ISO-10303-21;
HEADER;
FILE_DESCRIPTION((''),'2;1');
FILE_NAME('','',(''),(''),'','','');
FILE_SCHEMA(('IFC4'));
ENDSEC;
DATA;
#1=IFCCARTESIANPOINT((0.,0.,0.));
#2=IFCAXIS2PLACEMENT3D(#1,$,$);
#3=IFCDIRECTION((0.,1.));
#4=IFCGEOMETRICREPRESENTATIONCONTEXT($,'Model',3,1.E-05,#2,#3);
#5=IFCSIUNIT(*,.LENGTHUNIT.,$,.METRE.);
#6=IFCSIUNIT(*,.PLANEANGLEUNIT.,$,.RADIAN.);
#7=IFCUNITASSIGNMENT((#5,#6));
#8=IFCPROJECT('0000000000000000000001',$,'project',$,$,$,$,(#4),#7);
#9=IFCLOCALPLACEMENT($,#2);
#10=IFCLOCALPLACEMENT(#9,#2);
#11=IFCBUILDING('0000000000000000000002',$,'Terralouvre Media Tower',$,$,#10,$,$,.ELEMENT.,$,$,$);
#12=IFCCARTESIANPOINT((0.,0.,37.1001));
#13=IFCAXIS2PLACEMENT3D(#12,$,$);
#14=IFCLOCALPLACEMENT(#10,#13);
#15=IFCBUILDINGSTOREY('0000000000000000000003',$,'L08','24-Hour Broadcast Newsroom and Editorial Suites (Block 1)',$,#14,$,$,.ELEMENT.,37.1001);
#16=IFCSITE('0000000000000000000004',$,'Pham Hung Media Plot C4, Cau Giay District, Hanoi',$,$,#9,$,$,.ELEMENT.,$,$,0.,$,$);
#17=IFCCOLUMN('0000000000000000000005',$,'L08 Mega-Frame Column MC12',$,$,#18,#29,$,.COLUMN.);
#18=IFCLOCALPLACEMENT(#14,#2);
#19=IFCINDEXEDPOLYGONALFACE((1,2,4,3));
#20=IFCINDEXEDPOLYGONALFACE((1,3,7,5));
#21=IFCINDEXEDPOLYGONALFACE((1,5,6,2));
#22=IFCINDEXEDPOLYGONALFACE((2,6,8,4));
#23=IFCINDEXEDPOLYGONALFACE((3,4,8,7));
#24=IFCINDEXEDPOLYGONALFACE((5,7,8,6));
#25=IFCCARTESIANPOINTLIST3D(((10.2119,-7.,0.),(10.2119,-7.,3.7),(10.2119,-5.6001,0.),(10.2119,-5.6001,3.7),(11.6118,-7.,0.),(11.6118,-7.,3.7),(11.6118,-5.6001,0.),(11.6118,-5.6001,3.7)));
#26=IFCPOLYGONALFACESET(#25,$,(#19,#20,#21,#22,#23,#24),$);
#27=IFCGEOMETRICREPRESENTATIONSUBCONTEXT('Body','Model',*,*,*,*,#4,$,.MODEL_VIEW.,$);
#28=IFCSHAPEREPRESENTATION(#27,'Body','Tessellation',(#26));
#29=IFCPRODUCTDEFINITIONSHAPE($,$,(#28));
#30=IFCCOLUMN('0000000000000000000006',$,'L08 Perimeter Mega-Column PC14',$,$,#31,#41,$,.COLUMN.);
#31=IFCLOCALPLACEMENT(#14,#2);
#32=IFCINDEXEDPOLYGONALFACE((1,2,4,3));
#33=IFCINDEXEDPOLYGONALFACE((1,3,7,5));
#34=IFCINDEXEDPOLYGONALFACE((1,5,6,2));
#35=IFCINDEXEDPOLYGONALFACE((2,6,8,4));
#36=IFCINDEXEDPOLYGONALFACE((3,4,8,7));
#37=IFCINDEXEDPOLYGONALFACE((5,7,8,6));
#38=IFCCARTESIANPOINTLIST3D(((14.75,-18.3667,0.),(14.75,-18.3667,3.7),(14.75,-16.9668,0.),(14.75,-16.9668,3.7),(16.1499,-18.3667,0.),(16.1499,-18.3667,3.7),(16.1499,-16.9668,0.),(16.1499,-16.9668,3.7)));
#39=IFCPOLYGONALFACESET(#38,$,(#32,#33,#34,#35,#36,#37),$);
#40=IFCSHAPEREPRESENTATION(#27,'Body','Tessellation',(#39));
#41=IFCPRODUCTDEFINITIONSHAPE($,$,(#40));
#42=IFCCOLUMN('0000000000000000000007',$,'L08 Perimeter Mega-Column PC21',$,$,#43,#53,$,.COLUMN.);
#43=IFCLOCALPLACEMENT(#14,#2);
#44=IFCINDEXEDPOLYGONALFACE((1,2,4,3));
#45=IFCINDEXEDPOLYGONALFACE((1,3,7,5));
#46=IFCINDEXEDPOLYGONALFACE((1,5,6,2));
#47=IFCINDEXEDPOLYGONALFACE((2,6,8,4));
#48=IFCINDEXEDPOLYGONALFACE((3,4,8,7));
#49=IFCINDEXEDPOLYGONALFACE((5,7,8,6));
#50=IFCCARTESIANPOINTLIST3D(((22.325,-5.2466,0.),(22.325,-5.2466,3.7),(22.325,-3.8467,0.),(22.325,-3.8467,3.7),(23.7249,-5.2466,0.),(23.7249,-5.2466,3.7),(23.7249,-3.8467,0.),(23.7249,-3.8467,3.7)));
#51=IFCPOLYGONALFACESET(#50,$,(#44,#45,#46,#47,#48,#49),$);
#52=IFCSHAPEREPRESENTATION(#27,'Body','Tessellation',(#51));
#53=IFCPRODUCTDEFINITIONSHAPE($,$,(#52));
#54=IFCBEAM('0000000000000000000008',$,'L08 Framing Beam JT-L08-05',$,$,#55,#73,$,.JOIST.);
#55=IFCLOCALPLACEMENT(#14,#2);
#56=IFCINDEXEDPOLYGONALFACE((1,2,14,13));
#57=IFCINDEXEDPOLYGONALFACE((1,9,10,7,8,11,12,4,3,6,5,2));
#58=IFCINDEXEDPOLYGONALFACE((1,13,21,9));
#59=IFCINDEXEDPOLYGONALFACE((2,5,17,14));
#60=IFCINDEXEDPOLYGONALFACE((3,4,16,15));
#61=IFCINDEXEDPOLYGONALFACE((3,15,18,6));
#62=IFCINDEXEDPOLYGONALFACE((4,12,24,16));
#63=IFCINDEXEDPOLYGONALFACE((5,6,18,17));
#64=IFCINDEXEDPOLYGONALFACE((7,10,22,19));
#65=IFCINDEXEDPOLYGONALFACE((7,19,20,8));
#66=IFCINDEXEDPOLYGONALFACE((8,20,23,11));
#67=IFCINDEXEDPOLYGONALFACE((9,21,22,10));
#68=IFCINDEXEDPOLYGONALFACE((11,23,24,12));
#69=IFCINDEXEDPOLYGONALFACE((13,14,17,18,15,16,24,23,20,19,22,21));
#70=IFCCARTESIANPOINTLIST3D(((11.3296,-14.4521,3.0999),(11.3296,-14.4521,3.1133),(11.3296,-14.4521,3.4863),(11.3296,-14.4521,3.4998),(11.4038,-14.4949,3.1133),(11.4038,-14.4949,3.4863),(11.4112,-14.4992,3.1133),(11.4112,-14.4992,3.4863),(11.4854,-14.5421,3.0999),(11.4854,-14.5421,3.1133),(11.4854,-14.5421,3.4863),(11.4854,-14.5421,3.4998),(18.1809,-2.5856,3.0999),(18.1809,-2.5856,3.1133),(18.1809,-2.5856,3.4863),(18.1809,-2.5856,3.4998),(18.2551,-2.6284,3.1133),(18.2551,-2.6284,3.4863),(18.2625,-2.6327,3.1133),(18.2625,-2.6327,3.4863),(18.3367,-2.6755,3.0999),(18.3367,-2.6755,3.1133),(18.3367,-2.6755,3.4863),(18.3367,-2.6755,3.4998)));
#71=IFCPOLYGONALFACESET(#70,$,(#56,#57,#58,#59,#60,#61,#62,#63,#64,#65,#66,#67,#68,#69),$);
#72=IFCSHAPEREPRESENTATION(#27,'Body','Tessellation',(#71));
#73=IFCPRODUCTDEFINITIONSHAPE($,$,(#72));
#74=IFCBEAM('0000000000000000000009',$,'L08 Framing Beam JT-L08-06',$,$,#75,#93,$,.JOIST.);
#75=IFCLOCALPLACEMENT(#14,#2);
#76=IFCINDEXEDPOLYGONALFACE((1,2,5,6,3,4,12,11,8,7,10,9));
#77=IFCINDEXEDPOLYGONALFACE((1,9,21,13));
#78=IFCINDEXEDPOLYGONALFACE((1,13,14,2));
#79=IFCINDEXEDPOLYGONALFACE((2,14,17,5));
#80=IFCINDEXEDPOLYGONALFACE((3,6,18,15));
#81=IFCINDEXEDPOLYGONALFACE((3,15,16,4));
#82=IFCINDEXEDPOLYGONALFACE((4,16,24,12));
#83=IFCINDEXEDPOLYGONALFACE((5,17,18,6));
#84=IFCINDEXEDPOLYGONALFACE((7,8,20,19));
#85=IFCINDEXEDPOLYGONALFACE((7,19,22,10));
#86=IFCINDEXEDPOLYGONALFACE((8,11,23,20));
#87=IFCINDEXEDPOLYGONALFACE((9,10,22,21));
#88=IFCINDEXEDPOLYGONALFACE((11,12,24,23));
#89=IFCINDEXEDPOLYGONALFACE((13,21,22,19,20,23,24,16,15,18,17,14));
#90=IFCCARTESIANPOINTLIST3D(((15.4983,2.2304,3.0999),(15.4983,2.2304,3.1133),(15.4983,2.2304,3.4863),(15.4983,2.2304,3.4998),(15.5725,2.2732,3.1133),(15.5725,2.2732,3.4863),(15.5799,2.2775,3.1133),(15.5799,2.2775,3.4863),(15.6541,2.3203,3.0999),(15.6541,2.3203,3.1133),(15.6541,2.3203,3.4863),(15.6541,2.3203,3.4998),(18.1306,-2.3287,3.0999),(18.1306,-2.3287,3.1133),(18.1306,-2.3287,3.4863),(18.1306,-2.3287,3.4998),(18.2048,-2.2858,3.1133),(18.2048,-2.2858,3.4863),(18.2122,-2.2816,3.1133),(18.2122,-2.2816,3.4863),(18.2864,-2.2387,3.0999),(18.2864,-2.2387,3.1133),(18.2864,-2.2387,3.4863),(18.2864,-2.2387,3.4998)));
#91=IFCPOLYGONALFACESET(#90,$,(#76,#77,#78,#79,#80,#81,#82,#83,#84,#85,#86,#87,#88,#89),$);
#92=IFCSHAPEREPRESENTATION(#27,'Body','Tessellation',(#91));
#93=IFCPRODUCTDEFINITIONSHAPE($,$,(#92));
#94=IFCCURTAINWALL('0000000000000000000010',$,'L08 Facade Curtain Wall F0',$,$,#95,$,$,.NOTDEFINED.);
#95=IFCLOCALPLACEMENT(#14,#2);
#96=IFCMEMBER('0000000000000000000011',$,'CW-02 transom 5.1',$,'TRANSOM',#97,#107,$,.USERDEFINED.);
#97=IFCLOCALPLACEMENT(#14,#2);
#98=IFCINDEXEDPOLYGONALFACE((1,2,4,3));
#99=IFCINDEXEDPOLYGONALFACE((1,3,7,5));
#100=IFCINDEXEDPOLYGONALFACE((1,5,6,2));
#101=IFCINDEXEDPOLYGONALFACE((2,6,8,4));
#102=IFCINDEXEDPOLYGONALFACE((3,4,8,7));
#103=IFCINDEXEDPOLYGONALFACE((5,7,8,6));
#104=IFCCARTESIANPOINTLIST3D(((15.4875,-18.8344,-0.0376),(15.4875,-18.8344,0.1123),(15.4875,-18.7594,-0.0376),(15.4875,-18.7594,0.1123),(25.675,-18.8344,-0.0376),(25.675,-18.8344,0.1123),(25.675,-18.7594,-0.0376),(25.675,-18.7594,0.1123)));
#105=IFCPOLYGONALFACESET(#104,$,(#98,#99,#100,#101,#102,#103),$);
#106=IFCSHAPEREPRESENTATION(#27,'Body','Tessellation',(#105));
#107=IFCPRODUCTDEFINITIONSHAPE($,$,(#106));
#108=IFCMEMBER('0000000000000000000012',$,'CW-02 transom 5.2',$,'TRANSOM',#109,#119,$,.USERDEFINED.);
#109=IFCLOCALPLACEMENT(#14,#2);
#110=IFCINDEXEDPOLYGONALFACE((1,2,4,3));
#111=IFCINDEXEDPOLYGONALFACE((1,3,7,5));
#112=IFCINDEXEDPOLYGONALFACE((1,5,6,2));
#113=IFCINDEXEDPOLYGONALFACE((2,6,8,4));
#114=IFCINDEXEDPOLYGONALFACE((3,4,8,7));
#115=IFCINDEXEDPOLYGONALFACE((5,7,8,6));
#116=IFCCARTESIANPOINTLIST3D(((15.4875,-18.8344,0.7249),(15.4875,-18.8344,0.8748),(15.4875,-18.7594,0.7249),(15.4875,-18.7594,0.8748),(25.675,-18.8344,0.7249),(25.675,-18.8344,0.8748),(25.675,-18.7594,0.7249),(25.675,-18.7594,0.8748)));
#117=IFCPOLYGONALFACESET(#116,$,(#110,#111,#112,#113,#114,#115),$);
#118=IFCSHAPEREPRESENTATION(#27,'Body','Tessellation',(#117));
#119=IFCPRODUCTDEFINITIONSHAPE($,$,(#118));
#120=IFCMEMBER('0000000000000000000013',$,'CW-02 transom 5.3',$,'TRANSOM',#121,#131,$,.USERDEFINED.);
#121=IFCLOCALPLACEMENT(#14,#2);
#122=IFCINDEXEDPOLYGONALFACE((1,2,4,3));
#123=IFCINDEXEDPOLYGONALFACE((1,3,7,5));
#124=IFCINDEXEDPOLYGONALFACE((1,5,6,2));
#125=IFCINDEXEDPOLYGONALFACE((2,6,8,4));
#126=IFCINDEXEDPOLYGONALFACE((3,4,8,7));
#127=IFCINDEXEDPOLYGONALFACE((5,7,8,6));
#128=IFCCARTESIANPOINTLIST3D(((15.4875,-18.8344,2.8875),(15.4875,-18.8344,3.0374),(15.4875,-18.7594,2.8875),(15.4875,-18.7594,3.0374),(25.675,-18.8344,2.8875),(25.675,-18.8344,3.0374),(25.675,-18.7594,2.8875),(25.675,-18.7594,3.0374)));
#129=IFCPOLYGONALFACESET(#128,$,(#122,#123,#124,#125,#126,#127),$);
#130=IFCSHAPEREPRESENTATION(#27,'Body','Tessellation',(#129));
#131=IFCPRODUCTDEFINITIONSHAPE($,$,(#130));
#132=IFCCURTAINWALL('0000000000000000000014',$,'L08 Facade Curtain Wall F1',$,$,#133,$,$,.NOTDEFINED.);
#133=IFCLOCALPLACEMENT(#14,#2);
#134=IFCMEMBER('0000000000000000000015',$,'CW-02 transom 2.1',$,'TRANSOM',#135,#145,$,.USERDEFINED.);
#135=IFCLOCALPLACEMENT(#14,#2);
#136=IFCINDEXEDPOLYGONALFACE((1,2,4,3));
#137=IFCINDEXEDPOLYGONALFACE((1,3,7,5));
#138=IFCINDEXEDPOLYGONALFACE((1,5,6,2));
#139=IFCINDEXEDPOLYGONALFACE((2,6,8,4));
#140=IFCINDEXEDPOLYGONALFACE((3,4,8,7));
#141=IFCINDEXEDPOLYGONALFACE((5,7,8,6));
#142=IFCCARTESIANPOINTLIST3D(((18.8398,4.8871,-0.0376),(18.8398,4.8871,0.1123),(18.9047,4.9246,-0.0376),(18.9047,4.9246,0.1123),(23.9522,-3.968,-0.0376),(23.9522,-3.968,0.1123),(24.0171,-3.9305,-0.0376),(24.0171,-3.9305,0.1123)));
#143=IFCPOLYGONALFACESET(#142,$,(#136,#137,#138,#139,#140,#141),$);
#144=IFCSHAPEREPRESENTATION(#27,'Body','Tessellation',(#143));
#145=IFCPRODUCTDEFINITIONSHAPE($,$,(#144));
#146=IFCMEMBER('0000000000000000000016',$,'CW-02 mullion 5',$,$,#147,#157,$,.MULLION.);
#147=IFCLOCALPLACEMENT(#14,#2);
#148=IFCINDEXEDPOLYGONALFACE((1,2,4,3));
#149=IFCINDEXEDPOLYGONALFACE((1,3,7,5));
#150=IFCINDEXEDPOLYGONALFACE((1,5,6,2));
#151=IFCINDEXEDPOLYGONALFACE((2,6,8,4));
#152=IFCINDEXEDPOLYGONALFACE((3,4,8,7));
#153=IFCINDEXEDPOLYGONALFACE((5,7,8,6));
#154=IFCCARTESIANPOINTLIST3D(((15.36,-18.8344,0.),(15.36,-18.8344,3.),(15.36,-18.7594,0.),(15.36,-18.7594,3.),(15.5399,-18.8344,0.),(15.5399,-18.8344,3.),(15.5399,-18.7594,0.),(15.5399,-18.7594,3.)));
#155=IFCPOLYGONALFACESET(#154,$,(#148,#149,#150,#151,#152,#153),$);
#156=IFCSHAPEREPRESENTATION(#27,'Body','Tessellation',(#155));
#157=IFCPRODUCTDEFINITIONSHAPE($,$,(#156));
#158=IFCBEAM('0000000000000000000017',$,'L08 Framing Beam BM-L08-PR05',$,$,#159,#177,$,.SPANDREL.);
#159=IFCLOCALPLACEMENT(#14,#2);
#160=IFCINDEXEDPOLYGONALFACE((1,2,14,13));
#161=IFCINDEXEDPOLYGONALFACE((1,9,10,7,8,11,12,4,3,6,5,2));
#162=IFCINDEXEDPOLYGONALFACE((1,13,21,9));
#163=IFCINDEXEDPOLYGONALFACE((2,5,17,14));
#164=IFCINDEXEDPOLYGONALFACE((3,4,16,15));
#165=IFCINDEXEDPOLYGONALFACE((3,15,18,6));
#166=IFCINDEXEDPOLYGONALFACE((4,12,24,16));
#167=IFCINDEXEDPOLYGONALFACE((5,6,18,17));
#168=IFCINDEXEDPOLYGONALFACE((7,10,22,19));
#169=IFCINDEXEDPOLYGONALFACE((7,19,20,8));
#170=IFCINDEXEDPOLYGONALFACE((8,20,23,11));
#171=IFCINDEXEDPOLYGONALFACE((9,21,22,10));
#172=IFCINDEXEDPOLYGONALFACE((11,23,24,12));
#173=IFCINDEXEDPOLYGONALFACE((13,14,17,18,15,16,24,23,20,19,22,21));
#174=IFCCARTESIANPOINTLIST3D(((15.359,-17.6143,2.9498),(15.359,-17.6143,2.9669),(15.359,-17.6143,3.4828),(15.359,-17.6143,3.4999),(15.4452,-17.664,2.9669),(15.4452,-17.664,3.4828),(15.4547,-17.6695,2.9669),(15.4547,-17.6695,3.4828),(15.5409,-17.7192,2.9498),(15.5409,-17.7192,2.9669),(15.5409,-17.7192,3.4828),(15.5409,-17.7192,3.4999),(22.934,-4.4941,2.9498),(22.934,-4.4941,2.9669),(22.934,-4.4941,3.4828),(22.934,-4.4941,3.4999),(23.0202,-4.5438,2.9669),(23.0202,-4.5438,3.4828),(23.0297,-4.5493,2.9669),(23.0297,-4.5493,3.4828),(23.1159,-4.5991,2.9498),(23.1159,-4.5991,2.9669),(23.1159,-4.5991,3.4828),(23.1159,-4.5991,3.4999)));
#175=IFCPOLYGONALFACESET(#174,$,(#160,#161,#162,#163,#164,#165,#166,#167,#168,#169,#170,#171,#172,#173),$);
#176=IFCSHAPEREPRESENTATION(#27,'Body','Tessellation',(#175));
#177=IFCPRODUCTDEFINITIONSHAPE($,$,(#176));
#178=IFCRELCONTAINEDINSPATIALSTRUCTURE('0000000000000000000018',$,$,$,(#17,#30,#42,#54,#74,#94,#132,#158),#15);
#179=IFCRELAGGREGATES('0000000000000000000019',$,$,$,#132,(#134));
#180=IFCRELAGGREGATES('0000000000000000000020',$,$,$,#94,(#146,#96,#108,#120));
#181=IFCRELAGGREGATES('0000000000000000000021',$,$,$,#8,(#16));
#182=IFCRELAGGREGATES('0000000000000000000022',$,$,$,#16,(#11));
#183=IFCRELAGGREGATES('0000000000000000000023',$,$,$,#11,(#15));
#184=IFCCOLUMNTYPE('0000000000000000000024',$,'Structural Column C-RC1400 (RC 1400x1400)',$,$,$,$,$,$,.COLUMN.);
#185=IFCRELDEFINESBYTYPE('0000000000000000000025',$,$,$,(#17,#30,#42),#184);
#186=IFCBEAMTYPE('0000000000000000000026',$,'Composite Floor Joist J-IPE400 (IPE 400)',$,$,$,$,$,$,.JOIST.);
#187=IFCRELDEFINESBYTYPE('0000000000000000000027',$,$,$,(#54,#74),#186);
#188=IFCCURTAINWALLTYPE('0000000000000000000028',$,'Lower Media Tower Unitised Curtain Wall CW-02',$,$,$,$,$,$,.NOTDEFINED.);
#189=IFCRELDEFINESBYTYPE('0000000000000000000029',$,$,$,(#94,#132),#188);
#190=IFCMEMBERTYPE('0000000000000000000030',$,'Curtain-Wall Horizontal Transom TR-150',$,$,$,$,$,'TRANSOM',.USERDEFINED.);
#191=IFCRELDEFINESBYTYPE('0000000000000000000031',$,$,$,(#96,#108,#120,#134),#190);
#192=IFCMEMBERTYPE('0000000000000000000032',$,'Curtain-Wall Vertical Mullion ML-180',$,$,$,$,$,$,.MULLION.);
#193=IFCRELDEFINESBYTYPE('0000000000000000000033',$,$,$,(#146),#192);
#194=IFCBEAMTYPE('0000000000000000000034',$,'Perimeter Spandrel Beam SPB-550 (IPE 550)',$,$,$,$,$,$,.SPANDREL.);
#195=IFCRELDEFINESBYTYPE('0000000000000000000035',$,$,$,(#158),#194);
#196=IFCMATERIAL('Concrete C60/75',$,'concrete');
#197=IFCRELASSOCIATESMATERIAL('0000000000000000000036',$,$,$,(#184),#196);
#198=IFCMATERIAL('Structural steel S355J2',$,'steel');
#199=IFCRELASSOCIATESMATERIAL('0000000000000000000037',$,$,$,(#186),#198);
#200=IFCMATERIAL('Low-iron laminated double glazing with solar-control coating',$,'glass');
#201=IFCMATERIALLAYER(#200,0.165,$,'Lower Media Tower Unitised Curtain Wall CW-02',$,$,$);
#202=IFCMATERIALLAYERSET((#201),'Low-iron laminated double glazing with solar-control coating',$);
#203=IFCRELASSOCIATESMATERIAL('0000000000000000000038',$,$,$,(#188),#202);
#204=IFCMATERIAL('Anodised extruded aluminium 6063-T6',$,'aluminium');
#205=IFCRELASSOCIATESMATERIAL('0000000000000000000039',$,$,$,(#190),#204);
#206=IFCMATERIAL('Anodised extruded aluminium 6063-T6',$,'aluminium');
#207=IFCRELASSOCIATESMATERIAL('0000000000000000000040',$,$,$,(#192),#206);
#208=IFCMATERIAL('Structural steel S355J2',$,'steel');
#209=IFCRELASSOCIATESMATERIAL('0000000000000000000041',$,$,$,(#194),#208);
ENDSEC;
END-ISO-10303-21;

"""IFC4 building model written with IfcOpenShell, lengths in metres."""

from ifc_helpers import new_model, si_unit, direction, frame, origin, origin_2d, place, context, subcontext, project, spatial, rectangle, i_section, extrude, material, layer, layer_set, material_profile, profile_set, type_object, element, aggregate, save


model = new_model("IFC4")

# Units and contexts
model_context = context("Model", 3, precision=1e-05, world=origin(), true_north=direction((0.0, 1.0)))
body_context = subcontext(model_context, "Body", "Model", "MODEL_VIEW")
ifc_project = project(units=[si_unit("LENGTHUNIT", "METRE"), si_unit("PLANEANGLEUNIT", "RADIAN")], contexts=[model_context])

# Site, building, storey
site_placement = place(None, origin())
site = spatial("IfcSite", under=ifc_project, at=site_placement, Name="Pham Hung Media Plot C4, Cau Giay District, Hanoi", CompositionType="ELEMENT", RefElevation=0.0)
building_placement = place(site_placement, origin())
building = spatial("IfcBuilding", under=site, at=building_placement, Name="Terralouvre Media Tower", CompositionType="ELEMENT")
storey_placement = place(building_placement, frame((0.0, 0.0, 37.1001)))
storey = spatial("IfcBuildingStorey", under=building, at=storey_placement, Name="L08", Description="24-Hour Broadcast Newsroom and Editorial Suites (Block 1)", CompositionType="ELEMENT", Elevation=37.1001)

# Columns
ifc_material_1 = material(Name="Concrete C60/75", Category="concrete")
ifc_material_profile_1 = material_profile(ifc_material_1, rectangle(XDim=1.3999, YDim=1.3999, at=origin_2d()), Name="RC 1400x1400")
ifc_profile_set_1 = profile_set([ifc_material_profile_1], Name="Concrete C60/75")
column_type = type_object("IfcColumnType", Name="Structural Column C-RC1400 (RC 1400x1400)", PredefinedType="COLUMN", material=ifc_profile_set_1)
for number, where, z_axis, x_axis, name in (
    (1, (10.9119, -6.3, 0.0), (0.0, 0.0, 1.0), (1.0, 0.0, 0.0), "L08 Mega-Frame Column MC12"),
    (2, (15.45, -17.6667, 0.0), (0.0, 0.0, 1.0), (1.0, 0.0, 0.0), "L08 Perimeter Mega-Column PC14"),
    (3, (23.0249, -4.5466, 0.0), (0.0, 0.0, 1.0), (1.0, 0.0, 0.0), "L08 Perimeter Mega-Column PC21"),
):
    element("IfcColumn", number, at=place(storey_placement, frame(where, z_axis=z_axis, x_axis=x_axis)), inside=storey, type_object=column_type, Name=name, PredefinedType="COLUMN", context=body_context, shape_type="SweptSolid", body=[
        extrude(rectangle(XDim=1.3999, YDim=1.3999, at=origin_2d()), origin(), (0.0, 0.0, 1.0), 3.7),
    ])

# Beams
ifc_material_2 = material(Name="Structural steel S355J2", Category="steel")
ifc_material_profile_2 = material_profile(ifc_material_2, i_section(OverallWidth=0.1799, OverallDepth=0.3999, WebThickness=0.0085, FlangeThickness=0.0134, at=origin_2d()), Name="IPE 400")
ifc_profile_set_2 = profile_set([ifc_material_profile_2], Name="Structural steel S355J2")
beam_type_1 = type_object("IfcBeamType", Name="Composite Floor Joist J-IPE400 (IPE 400)", PredefinedType="JOIST", material=ifc_profile_set_2)
beam_1_placement = place(storey_placement, frame((11.4075, -14.4971, 3.2998), z_axis=(0.500012, 0.866019, 0.0), x_axis=(-0.866019, 0.500012, 0.0)))
element("IfcBeam", 4, at=beam_1_placement, inside=storey, type_object=beam_type_1, Name="L08 Framing Beam JT-L08-05", PredefinedType="JOIST", context=body_context, shape_type="SweptSolid", body=[
    extrude(i_section(OverallWidth=0.1799, OverallDepth=0.3999, WebThickness=0.0085, FlangeThickness=0.0134, at=origin_2d()), origin(), (0.0, 0.0, 1.0), 13.7024),
])
beam_2_placement = place(storey_placement, frame((18.2085, -2.2837, 3.2998), z_axis=(-0.50002, 0.866014, 0.0), x_axis=(-0.866014, -0.50002, 0.0)))
element("IfcBeam", 5, at=beam_2_placement, inside=storey, type_object=beam_type_1, Name="L08 Framing Beam JT-L08-06", PredefinedType="JOIST", context=body_context, shape_type="SweptSolid", body=[
    extrude(i_section(OverallWidth=0.1799, OverallDepth=0.3999, WebThickness=0.0085, FlangeThickness=0.0134, at=origin_2d()), origin(), (0.0, 0.0, 1.0), 5.2644),
])

# Curtain wall, members
ifc_material_3 = material(Name="Low-iron laminated double glazing with solar-control coating", Category="glass")
ifc_layer_1 = layer(ifc_material_3, 0.165, Name="Lower Media Tower Unitised Curtain Wall CW-02")
ifc_layer_set_1 = layer_set([ifc_layer_1], Name="Low-iron laminated double glazing with solar-control coating")
curtain_wall_type = type_object("IfcCurtainWallType", Name="Lower Media Tower Unitised Curtain Wall CW-02", PredefinedType="NOTDEFINED", material=ifc_layer_set_1)
curtain_wall_1_placement = place(storey_placement, origin())
curtain_wall_1 = element("IfcCurtainWall", 6, at=curtain_wall_1_placement, inside=storey, type_object=curtain_wall_type, Name="L08 Facade Curtain Wall F0", PredefinedType="NOTDEFINED")
ifc_material_4 = material(Name="Anodised extruded aluminium 6063-T6", Category="aluminium")
ifc_material_profile_3 = material_profile(ifc_material_4, rectangle(XDim=0.075, YDim=0.1499, at=origin_2d()), Name="ALU 75x150")
ifc_profile_set_3 = profile_set([ifc_material_profile_3], Name="Anodised extruded aluminium 6063-T6")
member_type_1 = type_object("IfcMemberType", Name="Curtain-Wall Horizontal Transom TR-150", ElementType="TRANSOM", PredefinedType="USERDEFINED", material=ifc_profile_set_3)
member_1_placement = place(storey_placement, frame((15.4875, -18.7969, 0.0374), z_axis=(1.0, 0.0, 0.0), x_axis=(0.0, 1.0, 0.0)))
member_1 = element("IfcMember", 7, at=member_1_placement, type_object=member_type_1, Name="CW-02 transom 5.1", ObjectType="TRANSOM", PredefinedType="USERDEFINED", context=body_context, shape_type="SweptSolid", body=[
    extrude(rectangle(XDim=0.075, YDim=0.1499, at=origin_2d()), origin(), (0.0, 0.0, 1.0), 10.1875),
])
member_2_placement = place(storey_placement, frame((15.4875, -18.7969, 0.7998), z_axis=(1.0, 0.0, 0.0), x_axis=(0.0, 1.0, 0.0)))
member_2 = element("IfcMember", 8, at=member_2_placement, type_object=member_type_1, Name="CW-02 transom 5.2", ObjectType="TRANSOM", PredefinedType="USERDEFINED", context=body_context, shape_type="SweptSolid", body=[
    extrude(rectangle(XDim=0.075, YDim=0.1499, at=origin_2d()), origin(), (0.0, 0.0, 1.0), 10.1875),
])
member_3_placement = place(storey_placement, frame((15.4875, -18.7969, 2.9624), z_axis=(1.0, 0.0, 0.0), x_axis=(0.0, 1.0, 0.0)))
member_3 = element("IfcMember", 9, at=member_3_placement, type_object=member_type_1, Name="CW-02 transom 5.3", ObjectType="TRANSOM", PredefinedType="USERDEFINED", context=body_context, shape_type="SweptSolid", body=[
    extrude(rectangle(XDim=0.075, YDim=0.1499, at=origin_2d()), origin(), (0.0, 0.0, 1.0), 10.1875),
])

# Curtain wall, member
curtain_wall_2_placement = place(storey_placement, origin())
curtain_wall_2 = element("IfcCurtainWall", 10, at=curtain_wall_2_placement, inside=storey, type_object=curtain_wall_type, Name="L08 Facade Curtain Wall F1", PredefinedType="NOTDEFINED")
member_4_placement = place(storey_placement, frame((23.9846, -3.9492, 0.0374), z_axis=(-0.499991, 0.866031, 0.0), x_axis=(-0.866031, -0.499991, 0.0)))
member_4 = element("IfcMember", 11, at=member_4_placement, type_object=member_type_1, Name="CW-02 transom 2.1", ObjectType="TRANSOM", PredefinedType="USERDEFINED", context=body_context, shape_type="SweptSolid", body=[
    extrude(rectangle(XDim=0.075, YDim=0.1499, at=origin_2d()), origin(), (0.0, 0.0, 1.0), 10.2249),
])
aggregate(curtain_wall_2, [member_4])

# Member
ifc_material_5 = material(Name="Anodised extruded aluminium 6063-T6", Category="aluminium")
ifc_material_profile_4 = material_profile(ifc_material_5, rectangle(XDim=0.075, YDim=0.1799, at=origin_2d()), Name="ALU 75x180")
ifc_profile_set_4 = profile_set([ifc_material_profile_4], Name="Anodised extruded aluminium 6063-T6")
member_type_2 = type_object("IfcMemberType", Name="Curtain-Wall Vertical Mullion ML-180", PredefinedType="MULLION", material=ifc_profile_set_4)
member_5_placement = place(storey_placement, frame((15.45, -18.7969, 0.0), z_axis=(0.0, 0.0, 1.0), x_axis=(0.0, 1.0, 0.0)))
member_5 = element("IfcMember", 12, at=member_5_placement, type_object=member_type_2, Name="CW-02 mullion 5", PredefinedType="MULLION", context=body_context, shape_type="SweptSolid", body=[
    extrude(rectangle(XDim=0.075, YDim=0.1799, at=origin_2d()), origin(), (0.0, 0.0, 1.0), 3.0),
])

# Beam
ifc_material_6 = material(Name="Structural steel S355J2", Category="steel")
ifc_material_profile_5 = material_profile(ifc_material_6, i_section(OverallWidth=0.21, OverallDepth=0.55, WebThickness=0.011, FlangeThickness=0.0171, at=origin_2d()), Name="IPE 550")
ifc_profile_set_5 = profile_set([ifc_material_profile_5], Name="Structural steel S355J2")
beam_type_2 = type_object("IfcBeamType", Name="Perimeter Spandrel Beam SPB-550 (IPE 550)", PredefinedType="SPANDREL", material=ifc_profile_set_5)
beam_3_placement = place(storey_placement, frame((15.45, -17.6667, 3.2249), z_axis=(0.500002, 0.866024, 0.0), x_axis=(-0.866024, 0.500002, 0.0)))
element("IfcBeam", 13, at=beam_3_placement, inside=storey, type_object=beam_type_2, Name="L08 Framing Beam BM-L08-PR05", PredefinedType="SPANDREL", context=body_context, shape_type="SweptSolid", body=[
    extrude(i_section(OverallWidth=0.21, OverallDepth=0.55, WebThickness=0.011, FlangeThickness=0.0171, at=origin_2d()), origin(), (0.0, 0.0, 1.0), 15.1499),
])

aggregate(curtain_wall_1, [member_5, member_1, member_2, member_3])

save(model, "model.ifc")
